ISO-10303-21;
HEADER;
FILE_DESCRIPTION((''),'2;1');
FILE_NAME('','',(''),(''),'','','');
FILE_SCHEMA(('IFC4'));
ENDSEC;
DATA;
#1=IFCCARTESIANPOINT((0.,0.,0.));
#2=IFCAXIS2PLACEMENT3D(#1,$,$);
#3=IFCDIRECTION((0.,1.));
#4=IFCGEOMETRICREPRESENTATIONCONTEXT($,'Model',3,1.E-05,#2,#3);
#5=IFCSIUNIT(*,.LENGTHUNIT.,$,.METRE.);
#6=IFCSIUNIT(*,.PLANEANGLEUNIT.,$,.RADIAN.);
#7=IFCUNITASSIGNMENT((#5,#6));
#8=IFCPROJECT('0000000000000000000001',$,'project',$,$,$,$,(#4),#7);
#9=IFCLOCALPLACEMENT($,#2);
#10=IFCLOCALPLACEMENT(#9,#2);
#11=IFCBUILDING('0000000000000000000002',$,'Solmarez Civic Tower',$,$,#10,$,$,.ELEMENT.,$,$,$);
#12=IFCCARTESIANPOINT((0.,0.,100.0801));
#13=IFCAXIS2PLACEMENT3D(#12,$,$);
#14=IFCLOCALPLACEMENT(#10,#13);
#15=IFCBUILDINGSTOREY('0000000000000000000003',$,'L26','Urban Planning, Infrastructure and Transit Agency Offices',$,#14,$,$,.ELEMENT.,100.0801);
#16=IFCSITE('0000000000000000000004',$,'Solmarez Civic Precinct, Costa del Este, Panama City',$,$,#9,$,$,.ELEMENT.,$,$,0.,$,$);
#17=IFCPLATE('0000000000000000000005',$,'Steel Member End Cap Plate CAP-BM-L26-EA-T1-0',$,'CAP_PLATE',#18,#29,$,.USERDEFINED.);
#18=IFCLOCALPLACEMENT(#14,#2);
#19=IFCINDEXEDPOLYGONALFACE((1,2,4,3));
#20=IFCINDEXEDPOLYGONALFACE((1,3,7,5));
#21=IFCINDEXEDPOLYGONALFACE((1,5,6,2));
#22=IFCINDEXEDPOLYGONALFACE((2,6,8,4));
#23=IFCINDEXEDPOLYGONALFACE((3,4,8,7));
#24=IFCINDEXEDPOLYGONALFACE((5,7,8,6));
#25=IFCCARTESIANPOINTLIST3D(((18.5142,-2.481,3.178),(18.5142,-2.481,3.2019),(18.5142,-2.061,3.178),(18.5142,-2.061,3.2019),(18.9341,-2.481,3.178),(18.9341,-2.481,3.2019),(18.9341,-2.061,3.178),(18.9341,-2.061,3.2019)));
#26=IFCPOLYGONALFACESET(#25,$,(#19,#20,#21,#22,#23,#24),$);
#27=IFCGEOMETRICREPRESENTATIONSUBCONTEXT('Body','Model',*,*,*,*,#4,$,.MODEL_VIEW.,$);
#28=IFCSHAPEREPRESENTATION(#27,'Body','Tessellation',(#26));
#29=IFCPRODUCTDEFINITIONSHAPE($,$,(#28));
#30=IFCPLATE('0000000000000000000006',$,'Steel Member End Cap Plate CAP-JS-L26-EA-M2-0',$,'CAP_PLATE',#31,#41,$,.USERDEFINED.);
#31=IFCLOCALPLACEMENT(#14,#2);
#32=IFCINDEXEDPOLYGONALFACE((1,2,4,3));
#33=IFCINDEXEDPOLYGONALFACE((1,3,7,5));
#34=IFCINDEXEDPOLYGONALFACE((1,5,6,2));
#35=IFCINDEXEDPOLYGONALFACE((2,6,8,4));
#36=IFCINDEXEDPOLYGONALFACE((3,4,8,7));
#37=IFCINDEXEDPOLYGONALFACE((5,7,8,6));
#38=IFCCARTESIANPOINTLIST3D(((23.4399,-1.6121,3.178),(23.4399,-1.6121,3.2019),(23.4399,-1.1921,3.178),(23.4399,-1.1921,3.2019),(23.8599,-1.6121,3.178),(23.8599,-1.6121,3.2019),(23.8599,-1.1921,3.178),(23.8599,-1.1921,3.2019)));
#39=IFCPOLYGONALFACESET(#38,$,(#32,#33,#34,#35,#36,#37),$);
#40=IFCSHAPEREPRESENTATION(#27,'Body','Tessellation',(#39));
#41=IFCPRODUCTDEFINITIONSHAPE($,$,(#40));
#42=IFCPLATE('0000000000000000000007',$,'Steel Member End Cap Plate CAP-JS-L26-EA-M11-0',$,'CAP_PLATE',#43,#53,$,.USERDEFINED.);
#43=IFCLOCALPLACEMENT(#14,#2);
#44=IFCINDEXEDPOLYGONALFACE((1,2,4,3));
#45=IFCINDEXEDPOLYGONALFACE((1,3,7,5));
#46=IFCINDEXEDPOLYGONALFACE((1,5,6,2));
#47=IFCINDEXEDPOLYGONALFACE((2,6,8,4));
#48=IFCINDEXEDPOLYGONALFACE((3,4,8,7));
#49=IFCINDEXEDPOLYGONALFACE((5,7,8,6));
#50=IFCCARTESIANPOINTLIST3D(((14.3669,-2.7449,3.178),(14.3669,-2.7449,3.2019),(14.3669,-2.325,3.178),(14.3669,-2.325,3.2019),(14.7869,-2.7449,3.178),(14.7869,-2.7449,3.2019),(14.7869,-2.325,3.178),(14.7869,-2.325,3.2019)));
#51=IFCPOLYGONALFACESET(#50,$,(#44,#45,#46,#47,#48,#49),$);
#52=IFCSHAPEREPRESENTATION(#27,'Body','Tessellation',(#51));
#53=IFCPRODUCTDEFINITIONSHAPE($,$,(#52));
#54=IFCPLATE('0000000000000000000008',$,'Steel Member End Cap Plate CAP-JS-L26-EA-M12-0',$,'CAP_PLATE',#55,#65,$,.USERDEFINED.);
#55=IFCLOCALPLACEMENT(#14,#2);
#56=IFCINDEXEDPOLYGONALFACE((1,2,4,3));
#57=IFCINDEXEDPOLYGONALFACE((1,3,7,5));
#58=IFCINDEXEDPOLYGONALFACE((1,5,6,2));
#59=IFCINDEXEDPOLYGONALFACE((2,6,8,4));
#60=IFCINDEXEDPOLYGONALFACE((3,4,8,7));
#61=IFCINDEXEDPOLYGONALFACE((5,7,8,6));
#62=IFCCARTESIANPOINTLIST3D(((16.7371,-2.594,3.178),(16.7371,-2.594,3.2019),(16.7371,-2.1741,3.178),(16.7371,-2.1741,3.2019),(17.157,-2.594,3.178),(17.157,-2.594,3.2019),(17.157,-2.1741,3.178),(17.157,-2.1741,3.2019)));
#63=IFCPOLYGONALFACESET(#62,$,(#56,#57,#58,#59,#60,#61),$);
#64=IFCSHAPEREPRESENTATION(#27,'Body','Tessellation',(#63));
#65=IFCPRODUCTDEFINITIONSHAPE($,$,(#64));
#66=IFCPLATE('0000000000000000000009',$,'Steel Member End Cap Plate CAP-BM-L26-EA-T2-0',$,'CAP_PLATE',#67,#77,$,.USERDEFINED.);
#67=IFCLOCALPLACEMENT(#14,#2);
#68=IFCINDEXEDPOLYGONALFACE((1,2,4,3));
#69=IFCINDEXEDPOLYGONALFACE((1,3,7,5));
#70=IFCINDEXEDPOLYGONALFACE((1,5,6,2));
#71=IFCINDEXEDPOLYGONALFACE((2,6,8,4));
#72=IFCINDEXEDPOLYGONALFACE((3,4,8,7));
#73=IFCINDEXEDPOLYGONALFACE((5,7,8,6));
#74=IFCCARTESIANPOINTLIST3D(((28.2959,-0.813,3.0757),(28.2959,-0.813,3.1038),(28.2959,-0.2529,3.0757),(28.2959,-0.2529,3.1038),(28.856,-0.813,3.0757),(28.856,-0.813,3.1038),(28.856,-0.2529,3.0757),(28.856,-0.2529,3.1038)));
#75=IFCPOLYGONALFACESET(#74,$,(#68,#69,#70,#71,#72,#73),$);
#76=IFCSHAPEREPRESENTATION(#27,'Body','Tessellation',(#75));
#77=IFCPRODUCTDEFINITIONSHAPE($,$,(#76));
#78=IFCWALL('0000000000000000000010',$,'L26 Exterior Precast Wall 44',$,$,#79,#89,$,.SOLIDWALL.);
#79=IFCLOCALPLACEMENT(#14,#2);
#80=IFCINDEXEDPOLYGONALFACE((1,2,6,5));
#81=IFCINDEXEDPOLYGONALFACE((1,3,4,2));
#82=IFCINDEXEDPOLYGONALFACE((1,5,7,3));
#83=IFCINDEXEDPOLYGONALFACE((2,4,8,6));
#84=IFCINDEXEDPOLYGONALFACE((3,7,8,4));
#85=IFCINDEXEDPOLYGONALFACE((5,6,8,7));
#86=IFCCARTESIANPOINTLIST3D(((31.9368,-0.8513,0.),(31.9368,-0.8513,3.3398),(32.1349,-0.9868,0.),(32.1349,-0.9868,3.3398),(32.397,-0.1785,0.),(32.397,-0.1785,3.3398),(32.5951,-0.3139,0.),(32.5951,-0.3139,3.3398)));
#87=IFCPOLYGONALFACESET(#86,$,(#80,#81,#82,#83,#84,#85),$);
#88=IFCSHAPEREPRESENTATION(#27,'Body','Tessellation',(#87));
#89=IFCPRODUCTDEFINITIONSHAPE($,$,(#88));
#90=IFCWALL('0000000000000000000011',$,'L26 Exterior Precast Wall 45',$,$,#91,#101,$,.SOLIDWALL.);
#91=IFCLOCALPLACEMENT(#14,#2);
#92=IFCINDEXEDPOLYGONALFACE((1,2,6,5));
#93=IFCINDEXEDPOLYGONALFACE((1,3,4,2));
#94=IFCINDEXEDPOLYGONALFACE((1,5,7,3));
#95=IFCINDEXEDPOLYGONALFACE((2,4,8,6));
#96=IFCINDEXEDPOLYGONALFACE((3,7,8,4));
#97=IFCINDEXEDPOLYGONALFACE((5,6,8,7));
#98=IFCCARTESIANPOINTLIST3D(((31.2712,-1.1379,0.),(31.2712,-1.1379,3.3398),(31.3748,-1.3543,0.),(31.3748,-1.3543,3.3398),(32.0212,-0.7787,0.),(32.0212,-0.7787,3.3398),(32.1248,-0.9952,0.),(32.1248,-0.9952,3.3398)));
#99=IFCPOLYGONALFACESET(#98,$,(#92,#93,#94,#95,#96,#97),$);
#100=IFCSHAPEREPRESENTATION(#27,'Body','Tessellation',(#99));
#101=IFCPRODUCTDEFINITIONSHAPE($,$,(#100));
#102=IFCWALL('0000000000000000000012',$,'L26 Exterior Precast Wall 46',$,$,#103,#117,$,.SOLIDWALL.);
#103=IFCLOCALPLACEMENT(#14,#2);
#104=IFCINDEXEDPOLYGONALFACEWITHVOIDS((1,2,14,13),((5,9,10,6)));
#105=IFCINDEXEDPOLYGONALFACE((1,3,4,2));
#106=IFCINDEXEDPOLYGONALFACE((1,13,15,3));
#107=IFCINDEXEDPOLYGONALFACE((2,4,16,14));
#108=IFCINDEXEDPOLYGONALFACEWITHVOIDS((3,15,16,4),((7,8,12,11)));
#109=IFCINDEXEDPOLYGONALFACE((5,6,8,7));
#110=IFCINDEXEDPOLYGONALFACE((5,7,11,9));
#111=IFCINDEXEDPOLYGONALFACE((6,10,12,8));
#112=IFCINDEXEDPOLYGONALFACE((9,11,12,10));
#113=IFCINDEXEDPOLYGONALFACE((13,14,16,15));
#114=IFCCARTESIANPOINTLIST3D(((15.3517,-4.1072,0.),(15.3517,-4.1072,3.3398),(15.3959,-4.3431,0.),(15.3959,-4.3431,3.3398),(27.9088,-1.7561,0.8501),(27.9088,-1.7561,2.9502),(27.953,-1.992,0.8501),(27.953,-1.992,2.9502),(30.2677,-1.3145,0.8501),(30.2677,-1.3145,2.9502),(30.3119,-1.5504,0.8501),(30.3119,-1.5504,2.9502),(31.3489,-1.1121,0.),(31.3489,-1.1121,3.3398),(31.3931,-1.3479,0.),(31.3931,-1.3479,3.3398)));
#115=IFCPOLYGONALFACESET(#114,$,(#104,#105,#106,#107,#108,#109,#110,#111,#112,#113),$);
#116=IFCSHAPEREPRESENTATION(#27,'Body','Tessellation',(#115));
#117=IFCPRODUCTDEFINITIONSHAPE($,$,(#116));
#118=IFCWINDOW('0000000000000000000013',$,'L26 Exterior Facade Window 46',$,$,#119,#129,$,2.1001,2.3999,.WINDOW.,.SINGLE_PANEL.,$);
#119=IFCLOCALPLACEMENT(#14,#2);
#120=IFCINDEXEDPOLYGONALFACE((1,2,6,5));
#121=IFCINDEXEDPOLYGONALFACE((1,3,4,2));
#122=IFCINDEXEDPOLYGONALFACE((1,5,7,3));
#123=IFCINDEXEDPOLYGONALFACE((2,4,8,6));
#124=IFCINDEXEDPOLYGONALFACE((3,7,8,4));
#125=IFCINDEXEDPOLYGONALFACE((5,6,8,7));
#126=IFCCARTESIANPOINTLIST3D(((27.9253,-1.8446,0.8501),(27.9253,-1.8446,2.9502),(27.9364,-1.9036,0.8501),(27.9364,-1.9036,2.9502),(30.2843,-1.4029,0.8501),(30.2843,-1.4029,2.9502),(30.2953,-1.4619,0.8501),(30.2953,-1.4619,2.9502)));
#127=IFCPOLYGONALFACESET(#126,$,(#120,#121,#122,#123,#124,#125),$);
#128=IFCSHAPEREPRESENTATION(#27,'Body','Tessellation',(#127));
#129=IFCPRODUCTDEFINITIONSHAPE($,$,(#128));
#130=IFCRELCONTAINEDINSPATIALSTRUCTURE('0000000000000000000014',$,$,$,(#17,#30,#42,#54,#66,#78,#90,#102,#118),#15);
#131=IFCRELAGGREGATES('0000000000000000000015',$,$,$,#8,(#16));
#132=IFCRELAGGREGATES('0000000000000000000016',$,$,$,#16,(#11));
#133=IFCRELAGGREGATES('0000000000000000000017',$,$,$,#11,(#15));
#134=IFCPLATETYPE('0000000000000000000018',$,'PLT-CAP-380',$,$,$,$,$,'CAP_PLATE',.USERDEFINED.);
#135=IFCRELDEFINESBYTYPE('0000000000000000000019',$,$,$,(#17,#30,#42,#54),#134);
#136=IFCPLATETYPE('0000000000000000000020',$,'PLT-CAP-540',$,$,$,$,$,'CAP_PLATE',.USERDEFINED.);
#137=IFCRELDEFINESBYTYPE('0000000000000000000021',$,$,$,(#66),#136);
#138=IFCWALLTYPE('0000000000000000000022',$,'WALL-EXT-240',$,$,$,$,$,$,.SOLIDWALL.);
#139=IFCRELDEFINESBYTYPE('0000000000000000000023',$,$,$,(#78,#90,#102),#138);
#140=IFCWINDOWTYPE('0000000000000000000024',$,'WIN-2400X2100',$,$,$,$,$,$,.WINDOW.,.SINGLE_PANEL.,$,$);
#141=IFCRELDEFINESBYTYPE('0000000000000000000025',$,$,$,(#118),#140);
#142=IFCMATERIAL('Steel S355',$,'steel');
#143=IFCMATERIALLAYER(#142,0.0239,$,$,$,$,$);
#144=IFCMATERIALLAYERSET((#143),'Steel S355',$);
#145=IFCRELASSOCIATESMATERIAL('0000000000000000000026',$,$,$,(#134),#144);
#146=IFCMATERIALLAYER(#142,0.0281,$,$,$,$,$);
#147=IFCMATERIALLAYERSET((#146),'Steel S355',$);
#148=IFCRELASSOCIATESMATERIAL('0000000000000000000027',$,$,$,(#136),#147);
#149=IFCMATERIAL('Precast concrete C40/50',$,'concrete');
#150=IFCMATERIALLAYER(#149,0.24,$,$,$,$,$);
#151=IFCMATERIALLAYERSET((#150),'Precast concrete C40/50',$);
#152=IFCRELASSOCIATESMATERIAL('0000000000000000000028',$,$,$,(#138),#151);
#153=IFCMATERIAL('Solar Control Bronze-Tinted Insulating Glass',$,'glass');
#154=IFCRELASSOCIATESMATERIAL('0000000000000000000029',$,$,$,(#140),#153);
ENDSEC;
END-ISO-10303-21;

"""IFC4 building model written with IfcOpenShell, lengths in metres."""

from ifc_helpers import new_model, si_unit, direction, frame, frame_2d, origin, origin_2d, place, context, subcontext, project, spatial, rectangle, extrude, material, layer, layer_set, type_object, element, fill, save


model = new_model("IFC4")

# Units and contexts
model_context = context("Model", 3, precision=1e-05, world=origin(), true_north=direction((0.0, 1.0)))
body_context = subcontext(model_context, "Body", "Model", "MODEL_VIEW")
ifc_project = project(units=[si_unit("LENGTHUNIT", "METRE"), si_unit("PLANEANGLEUNIT", "RADIAN")], contexts=[model_context])

# Site, building, storey
site_placement = place(None, origin())
site = spatial("IfcSite", under=ifc_project, at=site_placement, Name="Solmarez Civic Precinct, Costa del Este, Panama City", CompositionType="ELEMENT", RefElevation=0.0)
building_placement = place(site_placement, origin())
building = spatial("IfcBuilding", under=site, at=building_placement, Name="Solmarez Civic Tower", CompositionType="ELEMENT")
storey_placement = place(building_placement, frame((0.0, 0.0, 100.0801)))
storey = spatial("IfcBuildingStorey", under=building, at=storey_placement, Name="L26", Description="Urban Planning, Infrastructure and Transit Agency Offices", CompositionType="ELEMENT", Elevation=100.0801)

# Shared definitions
ifc_material_1 = material(Name="Steel S355", Category="steel")

# Plates
ifc_layer_1 = layer(ifc_material_1, 0.0239)
ifc_layer_set_1 = layer_set([ifc_layer_1], Name="Steel S355")
plate_type_1 = type_object("IfcPlateType", Name="PLT-CAP-380", ElementType="CAP_PLATE", PredefinedType="USERDEFINED", material=ifc_layer_set_1)
for number, where, z_axis, x_axis, name in (
    (1, (18.7241, -2.271, 3.178), (0.0, 0.0, 1.0), (1.0, 0.0, 0.0), "Steel Member End Cap Plate CAP-BM-L26-EA-T1-0"),
    (2, (23.6499, -1.4021, 3.178), (0.0, 0.0, 1.0), (1.0, 0.0, 0.0), "Steel Member End Cap Plate CAP-JS-L26-EA-M2-0"),
    (3, (14.5769, -2.5349, 3.178), (0.0, 0.0, 1.0), (1.0, 0.0, 0.0), "Steel Member End Cap Plate CAP-JS-L26-EA-M11-0"),
    (4, (16.947, -2.384, 3.178), (0.0, 0.0, 1.0), (1.0, 0.0, 0.0), "Steel Member End Cap Plate CAP-JS-L26-EA-M12-0"),
):
    element("IfcPlate", number, at=place(storey_placement, frame(where, z_axis=z_axis, x_axis=x_axis)), inside=storey, type_object=plate_type_1, Name=name, ObjectType="CAP_PLATE", PredefinedType="USERDEFINED", context=body_context, shape_type="SweptSolid", body=[
        extrude(rectangle(XDim=0.4199, YDim=0.4199, at=origin_2d()), origin(), (0.0, 0.0, 1.0), 0.0239),
    ])
ifc_layer_2 = layer(ifc_material_1, 0.0281)
ifc_layer_set_2 = layer_set([ifc_layer_2], Name="Steel S355")
plate_type_2 = type_object("IfcPlateType", Name="PLT-CAP-540", ElementType="CAP_PLATE", PredefinedType="USERDEFINED", material=ifc_layer_set_2)
plate_placement = place(storey_placement, frame((28.5759, -0.533, 3.0757), z_axis=(0.0, 0.0, 1.0), x_axis=(1.0, 0.0, 0.0)))
element("IfcPlate", 5, at=plate_placement, inside=storey, type_object=plate_type_2, Name="Steel Member End Cap Plate CAP-BM-L26-EA-T2-0", ObjectType="CAP_PLATE", PredefinedType="USERDEFINED", context=body_context, shape_type="SweptSolid", body=[
    extrude(rectangle(XDim=0.5601, YDim=0.5601, at=origin_2d()), origin(), (0.0, 0.0, 1.0), 0.0281),
])

# Walls
ifc_material_2 = material(Name="Precast concrete C40/50", Category="concrete")
ifc_layer_3 = layer(ifc_material_2, 0.24)
ifc_layer_set_3 = layer_set([ifc_layer_3], Name="Precast concrete C40/50")
wall_type = type_object("IfcWallType", Name="WALL-EXT-240", PredefinedType="SOLIDWALL", material=ifc_layer_set_3)
wall_1_placement = place(storey_placement, frame((32.4961, -0.2461, 0.0), z_axis=(0.0, 0.0, 1.0), x_axis=(-0.564544, -0.825403, 0.0)))
element("IfcWall", 6, at=wall_1_placement, inside=storey, type_object=wall_type, Name="L26 Exterior Precast Wall 44", PredefinedType="SOLIDWALL", context=body_context, shape_type="SweptSolid", body=[
    extrude(rectangle(XDim=0.8152, YDim=0.24, at=frame_2d((0.4077, 0.0))), origin(), (0.0, 0.0, 1.0), 3.3398),
])
wall_2_placement = place(storey_placement, frame((32.073, -0.887, 0.0), z_axis=(0.0, 0.0, 1.0), x_axis=(-0.90193, -0.431881, 0.0)))
element("IfcWall", 7, at=wall_2_placement, inside=storey, type_object=wall_type, Name="L26 Exterior Precast Wall 45", PredefinedType="SOLIDWALL", context=body_context, shape_type="SweptSolid", body=[
    extrude(rectangle(XDim=0.8315, YDim=0.24, at=frame_2d((0.4158, 0.0))), origin(), (0.0, 0.0, 1.0), 3.3398),
])

# Wall, opening, window
wall_3_placement = place(storey_placement, frame((31.3711, -1.23, 0.0), z_axis=(0.0, 0.0, 1.0), x_axis=(-0.98292, -0.184031, 0.0)))
wall_3 = element("IfcWall", 8, at=wall_3_placement, inside=storey, type_object=wall_type, Name="L26 Exterior Precast Wall 46", PredefinedType="SOLIDWALL", context=body_context, shape_type="SweptSolid", body=[
    extrude(rectangle(XDim=16.2751, YDim=0.24, at=frame_2d((8.1377, 0.0))), origin(), (0.0, 0.0, 1.0), 3.3398),
])
opening_placement = place(wall_3_placement, frame((1.1001, 0.0, 0.8501)))
opening = element("IfcOpeningElement", 9, at=opening_placement, cuts=wall_3, PredefinedType="OPENING", context=body_context, shape_type="SweptSolid", body=[
    extrude(rectangle(XDim=2.3999, YDim=2.1001, at=frame_2d((1.2, 1.05))), frame((0.0, 0.1299, 0.0), z_axis=(0.0, -1.0, 0.0), x_axis=(1.0, 0.0, 0.0)), (0.0, 0.0, 1.0), 0.26),
])
ifc_material_3 = material(Name="Solar Control Bronze-Tinted Insulating Glass", Category="glass")
window_type = type_object("IfcWindowType", Name="WIN-2400X2100", PartitioningType="SINGLE_PANEL", PredefinedType="WINDOW", material=ifc_material_3)
window_placement = place(opening_placement, origin())
window = element("IfcWindow", 10, at=window_placement, inside=storey, type_object=window_type, Name="L26 Exterior Facade Window 46", OverallHeight=2.1001, OverallWidth=2.3999, PartitioningType="SINGLE_PANEL", PredefinedType="WINDOW", context=body_context, shape_type="SweptSolid", body=[
    extrude(rectangle(XDim=2.3999, YDim=2.1001, at=frame_2d((1.2, 1.05))), frame((0.0, 0.03, 0.0), z_axis=(0.0, -1.0, 0.0), x_axis=(1.0, 0.0, 0.0)), (0.0, 0.0, 1.0), 0.0601),
])
fill(opening, window)

save(model, "model.ifc")
